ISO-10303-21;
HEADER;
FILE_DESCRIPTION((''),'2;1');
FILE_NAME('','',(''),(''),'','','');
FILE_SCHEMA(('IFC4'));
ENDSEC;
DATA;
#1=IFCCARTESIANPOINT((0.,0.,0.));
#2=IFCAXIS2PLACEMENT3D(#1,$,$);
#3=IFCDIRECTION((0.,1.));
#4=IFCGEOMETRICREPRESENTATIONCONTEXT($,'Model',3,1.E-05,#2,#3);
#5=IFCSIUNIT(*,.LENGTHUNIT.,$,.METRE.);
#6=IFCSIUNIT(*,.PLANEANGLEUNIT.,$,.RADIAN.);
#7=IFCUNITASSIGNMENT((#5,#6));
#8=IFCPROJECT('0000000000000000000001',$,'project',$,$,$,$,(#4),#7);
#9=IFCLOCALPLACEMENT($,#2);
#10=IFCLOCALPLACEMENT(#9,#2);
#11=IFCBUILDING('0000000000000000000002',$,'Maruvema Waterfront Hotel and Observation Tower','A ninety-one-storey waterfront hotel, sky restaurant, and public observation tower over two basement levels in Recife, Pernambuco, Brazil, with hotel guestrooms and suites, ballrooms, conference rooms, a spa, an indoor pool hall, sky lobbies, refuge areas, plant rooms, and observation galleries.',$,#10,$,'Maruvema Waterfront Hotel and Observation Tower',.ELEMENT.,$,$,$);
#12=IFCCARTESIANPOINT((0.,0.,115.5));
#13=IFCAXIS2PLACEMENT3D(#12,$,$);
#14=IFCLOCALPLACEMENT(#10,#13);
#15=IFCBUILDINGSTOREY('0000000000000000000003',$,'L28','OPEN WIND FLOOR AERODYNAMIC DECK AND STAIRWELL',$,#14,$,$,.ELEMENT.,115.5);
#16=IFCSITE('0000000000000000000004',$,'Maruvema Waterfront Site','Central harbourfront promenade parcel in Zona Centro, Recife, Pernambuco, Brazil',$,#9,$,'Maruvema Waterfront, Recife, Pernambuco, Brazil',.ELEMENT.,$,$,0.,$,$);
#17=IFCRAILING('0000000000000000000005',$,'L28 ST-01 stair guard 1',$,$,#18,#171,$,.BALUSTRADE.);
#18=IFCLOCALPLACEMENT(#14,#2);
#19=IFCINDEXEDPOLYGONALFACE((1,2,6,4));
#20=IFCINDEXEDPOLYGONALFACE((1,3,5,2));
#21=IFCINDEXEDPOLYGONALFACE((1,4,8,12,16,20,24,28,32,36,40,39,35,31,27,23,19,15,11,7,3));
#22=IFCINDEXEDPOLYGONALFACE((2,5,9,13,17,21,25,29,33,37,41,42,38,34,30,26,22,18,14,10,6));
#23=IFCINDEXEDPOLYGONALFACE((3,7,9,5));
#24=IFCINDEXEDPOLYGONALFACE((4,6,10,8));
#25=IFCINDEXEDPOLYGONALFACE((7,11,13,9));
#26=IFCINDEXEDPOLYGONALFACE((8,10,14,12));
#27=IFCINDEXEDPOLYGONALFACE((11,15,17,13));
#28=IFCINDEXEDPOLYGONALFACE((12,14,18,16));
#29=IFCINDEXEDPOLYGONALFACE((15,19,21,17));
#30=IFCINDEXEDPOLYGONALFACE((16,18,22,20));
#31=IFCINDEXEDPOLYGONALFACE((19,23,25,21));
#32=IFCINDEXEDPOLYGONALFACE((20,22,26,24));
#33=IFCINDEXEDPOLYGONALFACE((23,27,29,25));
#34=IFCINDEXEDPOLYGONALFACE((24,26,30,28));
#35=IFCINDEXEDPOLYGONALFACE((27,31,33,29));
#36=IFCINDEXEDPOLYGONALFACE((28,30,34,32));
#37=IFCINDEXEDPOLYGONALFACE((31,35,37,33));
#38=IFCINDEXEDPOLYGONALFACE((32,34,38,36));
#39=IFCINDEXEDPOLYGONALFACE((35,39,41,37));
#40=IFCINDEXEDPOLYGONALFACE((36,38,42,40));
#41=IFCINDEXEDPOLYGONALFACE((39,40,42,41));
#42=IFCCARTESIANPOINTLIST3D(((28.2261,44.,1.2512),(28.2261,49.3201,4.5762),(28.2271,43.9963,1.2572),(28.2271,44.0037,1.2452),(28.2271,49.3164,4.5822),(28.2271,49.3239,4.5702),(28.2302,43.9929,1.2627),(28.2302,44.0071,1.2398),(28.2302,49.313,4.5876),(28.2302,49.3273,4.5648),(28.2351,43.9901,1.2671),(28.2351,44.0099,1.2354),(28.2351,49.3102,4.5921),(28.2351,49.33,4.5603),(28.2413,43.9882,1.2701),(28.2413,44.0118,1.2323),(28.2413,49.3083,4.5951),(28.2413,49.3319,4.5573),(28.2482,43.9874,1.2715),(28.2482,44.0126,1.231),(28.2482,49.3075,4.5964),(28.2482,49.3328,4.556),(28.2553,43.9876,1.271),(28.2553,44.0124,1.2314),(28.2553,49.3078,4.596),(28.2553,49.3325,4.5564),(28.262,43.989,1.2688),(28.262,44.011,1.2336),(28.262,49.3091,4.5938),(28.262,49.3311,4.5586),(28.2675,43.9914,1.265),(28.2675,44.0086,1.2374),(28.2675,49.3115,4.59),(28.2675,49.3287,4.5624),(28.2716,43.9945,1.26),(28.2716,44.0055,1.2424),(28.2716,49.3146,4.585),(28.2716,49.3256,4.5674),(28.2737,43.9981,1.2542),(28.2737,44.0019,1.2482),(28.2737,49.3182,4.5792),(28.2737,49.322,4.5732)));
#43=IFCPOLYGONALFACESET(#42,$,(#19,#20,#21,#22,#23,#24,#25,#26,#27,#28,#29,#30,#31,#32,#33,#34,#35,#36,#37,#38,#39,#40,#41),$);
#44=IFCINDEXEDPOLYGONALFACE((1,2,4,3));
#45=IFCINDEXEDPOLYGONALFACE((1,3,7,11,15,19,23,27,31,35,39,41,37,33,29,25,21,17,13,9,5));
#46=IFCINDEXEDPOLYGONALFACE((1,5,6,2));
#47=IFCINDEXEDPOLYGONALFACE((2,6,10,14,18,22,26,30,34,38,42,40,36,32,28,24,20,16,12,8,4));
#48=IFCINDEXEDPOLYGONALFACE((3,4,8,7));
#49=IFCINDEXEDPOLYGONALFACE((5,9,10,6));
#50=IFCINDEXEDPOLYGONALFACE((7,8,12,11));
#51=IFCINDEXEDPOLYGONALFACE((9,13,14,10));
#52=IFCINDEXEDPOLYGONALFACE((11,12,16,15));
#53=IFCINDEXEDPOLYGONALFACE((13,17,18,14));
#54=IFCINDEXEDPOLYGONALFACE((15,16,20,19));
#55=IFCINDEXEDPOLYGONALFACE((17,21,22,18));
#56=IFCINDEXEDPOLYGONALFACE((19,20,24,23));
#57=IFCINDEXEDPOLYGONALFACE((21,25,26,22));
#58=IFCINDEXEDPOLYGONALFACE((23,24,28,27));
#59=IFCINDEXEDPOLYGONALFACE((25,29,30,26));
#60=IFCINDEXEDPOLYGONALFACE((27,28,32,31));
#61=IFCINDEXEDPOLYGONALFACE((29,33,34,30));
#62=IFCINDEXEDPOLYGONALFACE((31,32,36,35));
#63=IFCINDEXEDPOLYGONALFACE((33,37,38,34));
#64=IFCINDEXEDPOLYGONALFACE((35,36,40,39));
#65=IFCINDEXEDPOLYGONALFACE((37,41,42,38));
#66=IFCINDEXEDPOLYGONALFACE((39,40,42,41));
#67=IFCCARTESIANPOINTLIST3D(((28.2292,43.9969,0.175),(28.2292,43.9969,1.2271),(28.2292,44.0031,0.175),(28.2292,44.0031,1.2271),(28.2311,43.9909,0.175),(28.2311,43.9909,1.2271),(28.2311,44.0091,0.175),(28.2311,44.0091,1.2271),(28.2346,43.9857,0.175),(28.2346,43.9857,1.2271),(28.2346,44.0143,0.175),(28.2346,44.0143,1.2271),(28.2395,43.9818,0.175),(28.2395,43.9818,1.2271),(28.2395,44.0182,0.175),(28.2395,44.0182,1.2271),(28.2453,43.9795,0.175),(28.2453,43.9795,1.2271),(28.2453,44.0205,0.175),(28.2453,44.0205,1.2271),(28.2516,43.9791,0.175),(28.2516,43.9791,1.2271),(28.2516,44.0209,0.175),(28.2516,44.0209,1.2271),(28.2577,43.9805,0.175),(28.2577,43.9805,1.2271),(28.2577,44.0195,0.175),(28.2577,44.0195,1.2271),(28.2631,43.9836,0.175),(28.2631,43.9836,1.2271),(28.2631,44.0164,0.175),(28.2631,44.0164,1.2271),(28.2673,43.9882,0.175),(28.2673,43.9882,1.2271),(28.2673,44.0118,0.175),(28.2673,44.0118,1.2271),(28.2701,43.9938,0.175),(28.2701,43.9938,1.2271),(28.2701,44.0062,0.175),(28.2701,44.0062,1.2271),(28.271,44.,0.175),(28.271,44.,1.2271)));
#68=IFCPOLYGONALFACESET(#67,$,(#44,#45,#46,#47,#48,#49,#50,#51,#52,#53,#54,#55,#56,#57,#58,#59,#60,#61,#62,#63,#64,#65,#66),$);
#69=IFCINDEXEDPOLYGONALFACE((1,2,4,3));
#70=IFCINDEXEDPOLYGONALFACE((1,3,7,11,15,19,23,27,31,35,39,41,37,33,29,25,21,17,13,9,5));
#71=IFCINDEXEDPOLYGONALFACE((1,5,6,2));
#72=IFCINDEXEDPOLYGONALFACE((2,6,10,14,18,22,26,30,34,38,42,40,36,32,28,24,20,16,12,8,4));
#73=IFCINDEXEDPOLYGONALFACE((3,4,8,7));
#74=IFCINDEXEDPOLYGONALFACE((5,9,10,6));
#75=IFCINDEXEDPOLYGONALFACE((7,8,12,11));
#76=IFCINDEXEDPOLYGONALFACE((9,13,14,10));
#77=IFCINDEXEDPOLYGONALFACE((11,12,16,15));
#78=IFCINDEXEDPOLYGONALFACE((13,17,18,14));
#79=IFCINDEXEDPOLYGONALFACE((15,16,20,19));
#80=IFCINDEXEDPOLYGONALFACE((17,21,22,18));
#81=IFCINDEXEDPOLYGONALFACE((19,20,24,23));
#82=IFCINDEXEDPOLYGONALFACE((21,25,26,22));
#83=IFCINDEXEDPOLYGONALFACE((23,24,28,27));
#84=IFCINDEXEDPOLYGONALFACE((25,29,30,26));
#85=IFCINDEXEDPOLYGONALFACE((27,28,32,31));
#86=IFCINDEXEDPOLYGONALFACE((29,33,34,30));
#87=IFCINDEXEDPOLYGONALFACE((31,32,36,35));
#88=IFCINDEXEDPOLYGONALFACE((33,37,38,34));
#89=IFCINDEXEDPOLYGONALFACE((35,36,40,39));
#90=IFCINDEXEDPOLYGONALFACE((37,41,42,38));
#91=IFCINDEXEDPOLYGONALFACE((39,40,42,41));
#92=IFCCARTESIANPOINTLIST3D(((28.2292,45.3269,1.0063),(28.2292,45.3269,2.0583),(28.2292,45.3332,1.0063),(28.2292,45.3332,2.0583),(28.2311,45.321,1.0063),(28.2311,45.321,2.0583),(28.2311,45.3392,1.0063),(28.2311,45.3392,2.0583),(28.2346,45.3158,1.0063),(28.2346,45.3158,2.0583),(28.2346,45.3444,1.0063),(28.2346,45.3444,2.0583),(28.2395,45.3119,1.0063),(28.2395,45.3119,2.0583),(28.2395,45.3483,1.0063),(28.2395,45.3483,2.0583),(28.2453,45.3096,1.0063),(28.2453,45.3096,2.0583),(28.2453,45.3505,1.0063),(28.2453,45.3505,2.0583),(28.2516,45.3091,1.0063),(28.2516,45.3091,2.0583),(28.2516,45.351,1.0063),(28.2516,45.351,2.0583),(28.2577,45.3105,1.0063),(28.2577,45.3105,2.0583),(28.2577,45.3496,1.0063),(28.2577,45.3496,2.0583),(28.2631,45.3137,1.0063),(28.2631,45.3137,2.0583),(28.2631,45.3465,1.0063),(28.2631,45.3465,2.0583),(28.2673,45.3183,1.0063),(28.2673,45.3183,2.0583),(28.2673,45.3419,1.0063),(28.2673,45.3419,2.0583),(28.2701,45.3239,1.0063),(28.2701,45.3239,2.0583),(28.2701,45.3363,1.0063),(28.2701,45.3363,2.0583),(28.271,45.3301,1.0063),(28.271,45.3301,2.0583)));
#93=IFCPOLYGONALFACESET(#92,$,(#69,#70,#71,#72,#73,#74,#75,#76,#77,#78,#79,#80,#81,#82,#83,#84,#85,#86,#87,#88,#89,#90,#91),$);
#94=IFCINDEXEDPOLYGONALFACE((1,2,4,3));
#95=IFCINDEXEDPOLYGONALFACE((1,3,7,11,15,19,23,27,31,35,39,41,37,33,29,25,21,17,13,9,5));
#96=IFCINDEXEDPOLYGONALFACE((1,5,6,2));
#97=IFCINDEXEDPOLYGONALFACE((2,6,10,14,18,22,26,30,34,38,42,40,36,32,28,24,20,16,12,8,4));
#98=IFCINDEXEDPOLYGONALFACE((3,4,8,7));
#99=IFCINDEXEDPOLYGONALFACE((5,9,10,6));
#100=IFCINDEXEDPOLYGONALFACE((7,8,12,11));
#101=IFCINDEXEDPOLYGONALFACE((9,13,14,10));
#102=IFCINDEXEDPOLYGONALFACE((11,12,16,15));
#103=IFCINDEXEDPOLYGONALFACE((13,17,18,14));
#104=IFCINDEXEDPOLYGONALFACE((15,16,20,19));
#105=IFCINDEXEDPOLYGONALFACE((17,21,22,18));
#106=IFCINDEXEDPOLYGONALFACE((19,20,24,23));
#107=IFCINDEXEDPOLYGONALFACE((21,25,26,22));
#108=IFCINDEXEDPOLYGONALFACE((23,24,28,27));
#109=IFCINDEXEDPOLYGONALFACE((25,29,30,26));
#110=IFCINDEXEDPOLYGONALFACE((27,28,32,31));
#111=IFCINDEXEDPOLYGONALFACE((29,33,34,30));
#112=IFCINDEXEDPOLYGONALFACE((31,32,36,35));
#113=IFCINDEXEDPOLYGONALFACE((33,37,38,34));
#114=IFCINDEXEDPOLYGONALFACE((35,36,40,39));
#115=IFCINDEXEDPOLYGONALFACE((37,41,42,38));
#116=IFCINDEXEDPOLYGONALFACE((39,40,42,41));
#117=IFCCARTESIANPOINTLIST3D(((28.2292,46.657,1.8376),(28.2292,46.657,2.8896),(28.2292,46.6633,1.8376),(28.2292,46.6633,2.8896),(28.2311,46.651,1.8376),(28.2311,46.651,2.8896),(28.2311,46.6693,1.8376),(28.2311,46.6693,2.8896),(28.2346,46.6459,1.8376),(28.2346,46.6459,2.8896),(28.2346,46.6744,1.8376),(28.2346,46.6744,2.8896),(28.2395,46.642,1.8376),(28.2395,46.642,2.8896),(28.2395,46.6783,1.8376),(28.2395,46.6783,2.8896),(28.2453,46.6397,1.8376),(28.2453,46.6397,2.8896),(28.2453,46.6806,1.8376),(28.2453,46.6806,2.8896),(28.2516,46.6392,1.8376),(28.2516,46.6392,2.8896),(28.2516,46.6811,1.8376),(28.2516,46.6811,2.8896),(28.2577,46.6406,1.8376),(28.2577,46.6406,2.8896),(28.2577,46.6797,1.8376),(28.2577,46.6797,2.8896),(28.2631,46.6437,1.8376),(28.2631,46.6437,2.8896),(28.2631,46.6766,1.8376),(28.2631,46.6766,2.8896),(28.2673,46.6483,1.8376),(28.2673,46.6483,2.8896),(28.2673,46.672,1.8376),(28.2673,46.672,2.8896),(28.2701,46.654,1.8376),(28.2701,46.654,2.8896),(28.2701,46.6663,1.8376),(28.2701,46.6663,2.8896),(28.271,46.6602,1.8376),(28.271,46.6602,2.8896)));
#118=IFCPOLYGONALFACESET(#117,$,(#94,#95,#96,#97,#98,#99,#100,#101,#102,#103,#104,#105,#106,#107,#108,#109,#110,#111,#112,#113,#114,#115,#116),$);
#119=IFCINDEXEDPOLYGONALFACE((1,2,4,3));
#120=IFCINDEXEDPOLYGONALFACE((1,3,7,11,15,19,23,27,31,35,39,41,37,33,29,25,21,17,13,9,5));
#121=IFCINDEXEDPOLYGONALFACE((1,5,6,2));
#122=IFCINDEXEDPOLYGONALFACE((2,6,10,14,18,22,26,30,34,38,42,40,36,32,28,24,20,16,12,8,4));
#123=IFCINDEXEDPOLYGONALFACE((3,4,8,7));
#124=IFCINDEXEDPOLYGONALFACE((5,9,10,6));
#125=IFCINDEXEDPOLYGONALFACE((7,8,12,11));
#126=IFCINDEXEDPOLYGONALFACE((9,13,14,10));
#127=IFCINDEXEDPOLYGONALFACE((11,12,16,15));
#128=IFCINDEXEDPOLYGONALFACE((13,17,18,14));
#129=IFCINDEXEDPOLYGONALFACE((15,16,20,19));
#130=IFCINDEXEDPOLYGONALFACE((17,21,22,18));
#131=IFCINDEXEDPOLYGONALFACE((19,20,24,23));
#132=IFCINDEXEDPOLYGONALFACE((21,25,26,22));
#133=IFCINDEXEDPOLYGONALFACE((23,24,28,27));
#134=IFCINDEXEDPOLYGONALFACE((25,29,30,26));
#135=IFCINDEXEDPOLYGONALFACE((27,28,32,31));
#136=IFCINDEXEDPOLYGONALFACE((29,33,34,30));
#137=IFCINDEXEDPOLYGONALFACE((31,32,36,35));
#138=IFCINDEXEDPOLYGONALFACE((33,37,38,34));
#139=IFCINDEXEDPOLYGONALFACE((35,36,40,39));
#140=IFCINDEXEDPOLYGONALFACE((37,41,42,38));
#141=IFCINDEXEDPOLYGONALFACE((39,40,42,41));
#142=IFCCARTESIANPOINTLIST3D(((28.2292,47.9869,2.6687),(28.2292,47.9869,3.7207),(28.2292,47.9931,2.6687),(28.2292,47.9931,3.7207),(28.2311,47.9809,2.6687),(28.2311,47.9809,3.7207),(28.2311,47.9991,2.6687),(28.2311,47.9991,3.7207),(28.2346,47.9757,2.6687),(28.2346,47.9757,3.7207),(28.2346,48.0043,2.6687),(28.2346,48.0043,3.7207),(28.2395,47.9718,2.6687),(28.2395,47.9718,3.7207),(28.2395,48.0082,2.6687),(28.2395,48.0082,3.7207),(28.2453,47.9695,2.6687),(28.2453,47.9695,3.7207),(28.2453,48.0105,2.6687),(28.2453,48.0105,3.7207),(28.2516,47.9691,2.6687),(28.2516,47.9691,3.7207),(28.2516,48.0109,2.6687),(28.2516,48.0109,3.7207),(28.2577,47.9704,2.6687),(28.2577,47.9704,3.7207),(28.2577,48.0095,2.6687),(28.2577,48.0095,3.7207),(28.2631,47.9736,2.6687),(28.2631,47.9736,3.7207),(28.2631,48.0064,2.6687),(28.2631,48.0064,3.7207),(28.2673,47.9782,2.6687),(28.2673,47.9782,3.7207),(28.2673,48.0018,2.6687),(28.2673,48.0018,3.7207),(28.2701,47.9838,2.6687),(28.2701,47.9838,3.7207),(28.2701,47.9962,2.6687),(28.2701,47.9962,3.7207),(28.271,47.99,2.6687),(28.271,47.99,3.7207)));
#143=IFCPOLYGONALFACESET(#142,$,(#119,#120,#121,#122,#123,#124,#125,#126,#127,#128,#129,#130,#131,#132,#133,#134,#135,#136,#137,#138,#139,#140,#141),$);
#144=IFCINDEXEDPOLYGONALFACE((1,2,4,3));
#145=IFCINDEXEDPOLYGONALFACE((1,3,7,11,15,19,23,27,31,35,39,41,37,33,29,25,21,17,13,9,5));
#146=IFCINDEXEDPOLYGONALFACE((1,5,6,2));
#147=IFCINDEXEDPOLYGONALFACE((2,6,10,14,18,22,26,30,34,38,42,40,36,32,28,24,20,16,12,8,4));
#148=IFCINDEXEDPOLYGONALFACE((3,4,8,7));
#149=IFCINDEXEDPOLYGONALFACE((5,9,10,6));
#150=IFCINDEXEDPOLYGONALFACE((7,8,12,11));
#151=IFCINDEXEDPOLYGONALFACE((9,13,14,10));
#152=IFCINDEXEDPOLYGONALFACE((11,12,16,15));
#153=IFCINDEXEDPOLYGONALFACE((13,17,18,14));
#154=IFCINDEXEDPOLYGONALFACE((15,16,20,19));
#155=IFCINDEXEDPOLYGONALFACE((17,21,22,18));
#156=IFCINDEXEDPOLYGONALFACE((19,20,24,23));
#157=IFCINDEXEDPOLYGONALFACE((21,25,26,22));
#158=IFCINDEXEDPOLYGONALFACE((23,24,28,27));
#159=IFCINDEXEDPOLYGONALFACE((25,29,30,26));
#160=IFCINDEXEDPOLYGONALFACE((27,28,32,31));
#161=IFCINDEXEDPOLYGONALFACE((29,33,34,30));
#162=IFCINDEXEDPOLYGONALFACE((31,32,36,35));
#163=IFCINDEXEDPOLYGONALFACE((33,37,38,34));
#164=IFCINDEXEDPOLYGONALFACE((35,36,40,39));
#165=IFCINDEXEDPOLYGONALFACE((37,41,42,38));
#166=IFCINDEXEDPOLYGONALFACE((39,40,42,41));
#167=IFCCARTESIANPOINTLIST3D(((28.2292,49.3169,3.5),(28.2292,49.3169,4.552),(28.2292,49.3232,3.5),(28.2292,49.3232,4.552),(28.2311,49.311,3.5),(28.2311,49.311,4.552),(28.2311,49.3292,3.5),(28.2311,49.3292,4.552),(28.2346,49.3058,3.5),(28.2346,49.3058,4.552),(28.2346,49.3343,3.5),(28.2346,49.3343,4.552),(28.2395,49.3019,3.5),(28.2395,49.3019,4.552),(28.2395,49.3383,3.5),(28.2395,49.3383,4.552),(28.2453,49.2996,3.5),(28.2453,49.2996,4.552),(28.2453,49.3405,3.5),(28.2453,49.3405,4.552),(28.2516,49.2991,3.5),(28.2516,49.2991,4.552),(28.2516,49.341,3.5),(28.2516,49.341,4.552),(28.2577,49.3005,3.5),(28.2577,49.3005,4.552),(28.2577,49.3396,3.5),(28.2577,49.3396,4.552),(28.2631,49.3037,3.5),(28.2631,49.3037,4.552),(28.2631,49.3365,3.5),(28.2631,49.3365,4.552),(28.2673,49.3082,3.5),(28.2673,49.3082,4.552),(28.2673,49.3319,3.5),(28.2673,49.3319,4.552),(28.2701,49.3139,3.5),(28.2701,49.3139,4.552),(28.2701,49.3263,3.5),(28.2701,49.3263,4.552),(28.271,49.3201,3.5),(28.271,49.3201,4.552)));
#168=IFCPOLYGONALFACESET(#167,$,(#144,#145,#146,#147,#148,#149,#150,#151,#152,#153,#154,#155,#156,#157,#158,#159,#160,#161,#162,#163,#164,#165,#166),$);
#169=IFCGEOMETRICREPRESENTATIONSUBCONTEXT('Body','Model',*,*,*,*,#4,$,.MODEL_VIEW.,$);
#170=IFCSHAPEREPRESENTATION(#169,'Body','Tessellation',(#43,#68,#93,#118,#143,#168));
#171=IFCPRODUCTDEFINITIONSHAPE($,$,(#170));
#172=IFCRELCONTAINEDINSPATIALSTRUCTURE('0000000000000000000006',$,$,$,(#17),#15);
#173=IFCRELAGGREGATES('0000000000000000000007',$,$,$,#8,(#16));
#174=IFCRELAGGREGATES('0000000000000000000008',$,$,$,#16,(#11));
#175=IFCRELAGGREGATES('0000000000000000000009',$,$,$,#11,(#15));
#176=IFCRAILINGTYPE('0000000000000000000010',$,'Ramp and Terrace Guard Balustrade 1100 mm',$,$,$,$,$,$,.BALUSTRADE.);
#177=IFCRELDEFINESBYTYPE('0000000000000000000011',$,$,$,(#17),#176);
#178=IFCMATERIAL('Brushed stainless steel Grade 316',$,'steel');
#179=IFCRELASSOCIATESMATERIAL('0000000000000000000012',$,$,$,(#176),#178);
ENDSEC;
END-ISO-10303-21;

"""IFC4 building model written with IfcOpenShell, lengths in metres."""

from ifc_helpers import new_model, si_unit, direction, frame, origin, origin_2d, place, context, subcontext, project, spatial, circle, extrude, material, type_object, element, save


model = new_model("IFC4")

# Units and contexts
model_context = context("Model", 3, precision=1e-05, world=origin(), true_north=direction((0.0, 1.0)))
body_context = subcontext(model_context, "Body", "Model", "MODEL_VIEW")
ifc_project = project(units=[si_unit("LENGTHUNIT", "METRE"), si_unit("PLANEANGLEUNIT", "RADIAN")], contexts=[model_context])

# Site, building, storey
site_placement = place(None, origin())
site = spatial("IfcSite", under=ifc_project, at=site_placement, Name="Maruvema Waterfront Site", Description="Central harbourfront promenade parcel in Zona Centro, Recife, Pernambuco, Brazil", LongName="Maruvema Waterfront, Recife, Pernambuco, Brazil", CompositionType="ELEMENT", RefElevation=0.0)
building_placement = place(site_placement, origin())
building = spatial("IfcBuilding", under=site, at=building_placement, Name="Maruvema Waterfront Hotel and Observation Tower", Description="A ninety-one-storey waterfront hotel, sky restaurant, and public observation tower over two basement levels in Recife, Pernambuco, Brazil, with hotel guestrooms and suites, ballrooms, conference rooms, a spa, an indoor pool hall, sky lobbies, refuge areas, plant rooms, and observation galleries.", LongName="Maruvema Waterfront Hotel and Observation Tower", CompositionType="ELEMENT")
storey_placement = place(building_placement, frame((0.0, 0.0, 115.5)))
storey = spatial("IfcBuildingStorey", under=building, at=storey_placement, Name="L28", Description="OPEN WIND FLOOR AERODYNAMIC DECK AND STAIRWELL", CompositionType="ELEMENT", Elevation=115.5)

# Railing
ifc_material_1 = material(Name="Brushed stainless steel Grade 316", Category="steel")
railing_type_1 = type_object("IfcRailingType", Name="Ramp and Terrace Guard Balustrade 1100 mm", PredefinedType="BALUSTRADE", material=ifc_material_1)
railing_1_placement = place(storey_placement, frame((28.25, 44.0, 0.175)))
element("IfcRailing", 1, at=railing_1_placement, inside=storey, type_object=railing_type_1, Name="L28 ST-01 stair guard 1", PredefinedType="BALUSTRADE", context=body_context, shape_type="SweptSolid", body=[
    extrude(circle(Radius=0.0239, at=origin_2d()), frame((0.0, 0.0, 1.0762), z_axis=(0.0, 0.848005, 0.529988), x_axis=(-1.0, 0.0, 0.0)), (0.0, 0.0, 1.0), 6.2737),
    extrude(circle(Radius=0.021, at=origin_2d()), origin(), (0.0, 0.0, 1.0), 1.052),
    extrude(circle(Radius=0.021, at=origin_2d()), frame((0.0, 1.3301, 0.8313)), (0.0, 0.0, 1.0), 1.052),
    extrude(circle(Radius=0.021, at=origin_2d()), frame((0.0, 2.6602, 1.6626)), (0.0, 0.0, 1.0), 1.052),
    extrude(circle(Radius=0.021, at=origin_2d()), frame((0.0, 3.99, 2.4937)), (0.0, 0.0, 1.0), 1.052),
    extrude(circle(Radius=0.021, at=origin_2d()), frame((0.0, 5.3201, 3.325)), (0.0, 0.0, 1.0), 1.052),
])

save(model, "model.ifc")
